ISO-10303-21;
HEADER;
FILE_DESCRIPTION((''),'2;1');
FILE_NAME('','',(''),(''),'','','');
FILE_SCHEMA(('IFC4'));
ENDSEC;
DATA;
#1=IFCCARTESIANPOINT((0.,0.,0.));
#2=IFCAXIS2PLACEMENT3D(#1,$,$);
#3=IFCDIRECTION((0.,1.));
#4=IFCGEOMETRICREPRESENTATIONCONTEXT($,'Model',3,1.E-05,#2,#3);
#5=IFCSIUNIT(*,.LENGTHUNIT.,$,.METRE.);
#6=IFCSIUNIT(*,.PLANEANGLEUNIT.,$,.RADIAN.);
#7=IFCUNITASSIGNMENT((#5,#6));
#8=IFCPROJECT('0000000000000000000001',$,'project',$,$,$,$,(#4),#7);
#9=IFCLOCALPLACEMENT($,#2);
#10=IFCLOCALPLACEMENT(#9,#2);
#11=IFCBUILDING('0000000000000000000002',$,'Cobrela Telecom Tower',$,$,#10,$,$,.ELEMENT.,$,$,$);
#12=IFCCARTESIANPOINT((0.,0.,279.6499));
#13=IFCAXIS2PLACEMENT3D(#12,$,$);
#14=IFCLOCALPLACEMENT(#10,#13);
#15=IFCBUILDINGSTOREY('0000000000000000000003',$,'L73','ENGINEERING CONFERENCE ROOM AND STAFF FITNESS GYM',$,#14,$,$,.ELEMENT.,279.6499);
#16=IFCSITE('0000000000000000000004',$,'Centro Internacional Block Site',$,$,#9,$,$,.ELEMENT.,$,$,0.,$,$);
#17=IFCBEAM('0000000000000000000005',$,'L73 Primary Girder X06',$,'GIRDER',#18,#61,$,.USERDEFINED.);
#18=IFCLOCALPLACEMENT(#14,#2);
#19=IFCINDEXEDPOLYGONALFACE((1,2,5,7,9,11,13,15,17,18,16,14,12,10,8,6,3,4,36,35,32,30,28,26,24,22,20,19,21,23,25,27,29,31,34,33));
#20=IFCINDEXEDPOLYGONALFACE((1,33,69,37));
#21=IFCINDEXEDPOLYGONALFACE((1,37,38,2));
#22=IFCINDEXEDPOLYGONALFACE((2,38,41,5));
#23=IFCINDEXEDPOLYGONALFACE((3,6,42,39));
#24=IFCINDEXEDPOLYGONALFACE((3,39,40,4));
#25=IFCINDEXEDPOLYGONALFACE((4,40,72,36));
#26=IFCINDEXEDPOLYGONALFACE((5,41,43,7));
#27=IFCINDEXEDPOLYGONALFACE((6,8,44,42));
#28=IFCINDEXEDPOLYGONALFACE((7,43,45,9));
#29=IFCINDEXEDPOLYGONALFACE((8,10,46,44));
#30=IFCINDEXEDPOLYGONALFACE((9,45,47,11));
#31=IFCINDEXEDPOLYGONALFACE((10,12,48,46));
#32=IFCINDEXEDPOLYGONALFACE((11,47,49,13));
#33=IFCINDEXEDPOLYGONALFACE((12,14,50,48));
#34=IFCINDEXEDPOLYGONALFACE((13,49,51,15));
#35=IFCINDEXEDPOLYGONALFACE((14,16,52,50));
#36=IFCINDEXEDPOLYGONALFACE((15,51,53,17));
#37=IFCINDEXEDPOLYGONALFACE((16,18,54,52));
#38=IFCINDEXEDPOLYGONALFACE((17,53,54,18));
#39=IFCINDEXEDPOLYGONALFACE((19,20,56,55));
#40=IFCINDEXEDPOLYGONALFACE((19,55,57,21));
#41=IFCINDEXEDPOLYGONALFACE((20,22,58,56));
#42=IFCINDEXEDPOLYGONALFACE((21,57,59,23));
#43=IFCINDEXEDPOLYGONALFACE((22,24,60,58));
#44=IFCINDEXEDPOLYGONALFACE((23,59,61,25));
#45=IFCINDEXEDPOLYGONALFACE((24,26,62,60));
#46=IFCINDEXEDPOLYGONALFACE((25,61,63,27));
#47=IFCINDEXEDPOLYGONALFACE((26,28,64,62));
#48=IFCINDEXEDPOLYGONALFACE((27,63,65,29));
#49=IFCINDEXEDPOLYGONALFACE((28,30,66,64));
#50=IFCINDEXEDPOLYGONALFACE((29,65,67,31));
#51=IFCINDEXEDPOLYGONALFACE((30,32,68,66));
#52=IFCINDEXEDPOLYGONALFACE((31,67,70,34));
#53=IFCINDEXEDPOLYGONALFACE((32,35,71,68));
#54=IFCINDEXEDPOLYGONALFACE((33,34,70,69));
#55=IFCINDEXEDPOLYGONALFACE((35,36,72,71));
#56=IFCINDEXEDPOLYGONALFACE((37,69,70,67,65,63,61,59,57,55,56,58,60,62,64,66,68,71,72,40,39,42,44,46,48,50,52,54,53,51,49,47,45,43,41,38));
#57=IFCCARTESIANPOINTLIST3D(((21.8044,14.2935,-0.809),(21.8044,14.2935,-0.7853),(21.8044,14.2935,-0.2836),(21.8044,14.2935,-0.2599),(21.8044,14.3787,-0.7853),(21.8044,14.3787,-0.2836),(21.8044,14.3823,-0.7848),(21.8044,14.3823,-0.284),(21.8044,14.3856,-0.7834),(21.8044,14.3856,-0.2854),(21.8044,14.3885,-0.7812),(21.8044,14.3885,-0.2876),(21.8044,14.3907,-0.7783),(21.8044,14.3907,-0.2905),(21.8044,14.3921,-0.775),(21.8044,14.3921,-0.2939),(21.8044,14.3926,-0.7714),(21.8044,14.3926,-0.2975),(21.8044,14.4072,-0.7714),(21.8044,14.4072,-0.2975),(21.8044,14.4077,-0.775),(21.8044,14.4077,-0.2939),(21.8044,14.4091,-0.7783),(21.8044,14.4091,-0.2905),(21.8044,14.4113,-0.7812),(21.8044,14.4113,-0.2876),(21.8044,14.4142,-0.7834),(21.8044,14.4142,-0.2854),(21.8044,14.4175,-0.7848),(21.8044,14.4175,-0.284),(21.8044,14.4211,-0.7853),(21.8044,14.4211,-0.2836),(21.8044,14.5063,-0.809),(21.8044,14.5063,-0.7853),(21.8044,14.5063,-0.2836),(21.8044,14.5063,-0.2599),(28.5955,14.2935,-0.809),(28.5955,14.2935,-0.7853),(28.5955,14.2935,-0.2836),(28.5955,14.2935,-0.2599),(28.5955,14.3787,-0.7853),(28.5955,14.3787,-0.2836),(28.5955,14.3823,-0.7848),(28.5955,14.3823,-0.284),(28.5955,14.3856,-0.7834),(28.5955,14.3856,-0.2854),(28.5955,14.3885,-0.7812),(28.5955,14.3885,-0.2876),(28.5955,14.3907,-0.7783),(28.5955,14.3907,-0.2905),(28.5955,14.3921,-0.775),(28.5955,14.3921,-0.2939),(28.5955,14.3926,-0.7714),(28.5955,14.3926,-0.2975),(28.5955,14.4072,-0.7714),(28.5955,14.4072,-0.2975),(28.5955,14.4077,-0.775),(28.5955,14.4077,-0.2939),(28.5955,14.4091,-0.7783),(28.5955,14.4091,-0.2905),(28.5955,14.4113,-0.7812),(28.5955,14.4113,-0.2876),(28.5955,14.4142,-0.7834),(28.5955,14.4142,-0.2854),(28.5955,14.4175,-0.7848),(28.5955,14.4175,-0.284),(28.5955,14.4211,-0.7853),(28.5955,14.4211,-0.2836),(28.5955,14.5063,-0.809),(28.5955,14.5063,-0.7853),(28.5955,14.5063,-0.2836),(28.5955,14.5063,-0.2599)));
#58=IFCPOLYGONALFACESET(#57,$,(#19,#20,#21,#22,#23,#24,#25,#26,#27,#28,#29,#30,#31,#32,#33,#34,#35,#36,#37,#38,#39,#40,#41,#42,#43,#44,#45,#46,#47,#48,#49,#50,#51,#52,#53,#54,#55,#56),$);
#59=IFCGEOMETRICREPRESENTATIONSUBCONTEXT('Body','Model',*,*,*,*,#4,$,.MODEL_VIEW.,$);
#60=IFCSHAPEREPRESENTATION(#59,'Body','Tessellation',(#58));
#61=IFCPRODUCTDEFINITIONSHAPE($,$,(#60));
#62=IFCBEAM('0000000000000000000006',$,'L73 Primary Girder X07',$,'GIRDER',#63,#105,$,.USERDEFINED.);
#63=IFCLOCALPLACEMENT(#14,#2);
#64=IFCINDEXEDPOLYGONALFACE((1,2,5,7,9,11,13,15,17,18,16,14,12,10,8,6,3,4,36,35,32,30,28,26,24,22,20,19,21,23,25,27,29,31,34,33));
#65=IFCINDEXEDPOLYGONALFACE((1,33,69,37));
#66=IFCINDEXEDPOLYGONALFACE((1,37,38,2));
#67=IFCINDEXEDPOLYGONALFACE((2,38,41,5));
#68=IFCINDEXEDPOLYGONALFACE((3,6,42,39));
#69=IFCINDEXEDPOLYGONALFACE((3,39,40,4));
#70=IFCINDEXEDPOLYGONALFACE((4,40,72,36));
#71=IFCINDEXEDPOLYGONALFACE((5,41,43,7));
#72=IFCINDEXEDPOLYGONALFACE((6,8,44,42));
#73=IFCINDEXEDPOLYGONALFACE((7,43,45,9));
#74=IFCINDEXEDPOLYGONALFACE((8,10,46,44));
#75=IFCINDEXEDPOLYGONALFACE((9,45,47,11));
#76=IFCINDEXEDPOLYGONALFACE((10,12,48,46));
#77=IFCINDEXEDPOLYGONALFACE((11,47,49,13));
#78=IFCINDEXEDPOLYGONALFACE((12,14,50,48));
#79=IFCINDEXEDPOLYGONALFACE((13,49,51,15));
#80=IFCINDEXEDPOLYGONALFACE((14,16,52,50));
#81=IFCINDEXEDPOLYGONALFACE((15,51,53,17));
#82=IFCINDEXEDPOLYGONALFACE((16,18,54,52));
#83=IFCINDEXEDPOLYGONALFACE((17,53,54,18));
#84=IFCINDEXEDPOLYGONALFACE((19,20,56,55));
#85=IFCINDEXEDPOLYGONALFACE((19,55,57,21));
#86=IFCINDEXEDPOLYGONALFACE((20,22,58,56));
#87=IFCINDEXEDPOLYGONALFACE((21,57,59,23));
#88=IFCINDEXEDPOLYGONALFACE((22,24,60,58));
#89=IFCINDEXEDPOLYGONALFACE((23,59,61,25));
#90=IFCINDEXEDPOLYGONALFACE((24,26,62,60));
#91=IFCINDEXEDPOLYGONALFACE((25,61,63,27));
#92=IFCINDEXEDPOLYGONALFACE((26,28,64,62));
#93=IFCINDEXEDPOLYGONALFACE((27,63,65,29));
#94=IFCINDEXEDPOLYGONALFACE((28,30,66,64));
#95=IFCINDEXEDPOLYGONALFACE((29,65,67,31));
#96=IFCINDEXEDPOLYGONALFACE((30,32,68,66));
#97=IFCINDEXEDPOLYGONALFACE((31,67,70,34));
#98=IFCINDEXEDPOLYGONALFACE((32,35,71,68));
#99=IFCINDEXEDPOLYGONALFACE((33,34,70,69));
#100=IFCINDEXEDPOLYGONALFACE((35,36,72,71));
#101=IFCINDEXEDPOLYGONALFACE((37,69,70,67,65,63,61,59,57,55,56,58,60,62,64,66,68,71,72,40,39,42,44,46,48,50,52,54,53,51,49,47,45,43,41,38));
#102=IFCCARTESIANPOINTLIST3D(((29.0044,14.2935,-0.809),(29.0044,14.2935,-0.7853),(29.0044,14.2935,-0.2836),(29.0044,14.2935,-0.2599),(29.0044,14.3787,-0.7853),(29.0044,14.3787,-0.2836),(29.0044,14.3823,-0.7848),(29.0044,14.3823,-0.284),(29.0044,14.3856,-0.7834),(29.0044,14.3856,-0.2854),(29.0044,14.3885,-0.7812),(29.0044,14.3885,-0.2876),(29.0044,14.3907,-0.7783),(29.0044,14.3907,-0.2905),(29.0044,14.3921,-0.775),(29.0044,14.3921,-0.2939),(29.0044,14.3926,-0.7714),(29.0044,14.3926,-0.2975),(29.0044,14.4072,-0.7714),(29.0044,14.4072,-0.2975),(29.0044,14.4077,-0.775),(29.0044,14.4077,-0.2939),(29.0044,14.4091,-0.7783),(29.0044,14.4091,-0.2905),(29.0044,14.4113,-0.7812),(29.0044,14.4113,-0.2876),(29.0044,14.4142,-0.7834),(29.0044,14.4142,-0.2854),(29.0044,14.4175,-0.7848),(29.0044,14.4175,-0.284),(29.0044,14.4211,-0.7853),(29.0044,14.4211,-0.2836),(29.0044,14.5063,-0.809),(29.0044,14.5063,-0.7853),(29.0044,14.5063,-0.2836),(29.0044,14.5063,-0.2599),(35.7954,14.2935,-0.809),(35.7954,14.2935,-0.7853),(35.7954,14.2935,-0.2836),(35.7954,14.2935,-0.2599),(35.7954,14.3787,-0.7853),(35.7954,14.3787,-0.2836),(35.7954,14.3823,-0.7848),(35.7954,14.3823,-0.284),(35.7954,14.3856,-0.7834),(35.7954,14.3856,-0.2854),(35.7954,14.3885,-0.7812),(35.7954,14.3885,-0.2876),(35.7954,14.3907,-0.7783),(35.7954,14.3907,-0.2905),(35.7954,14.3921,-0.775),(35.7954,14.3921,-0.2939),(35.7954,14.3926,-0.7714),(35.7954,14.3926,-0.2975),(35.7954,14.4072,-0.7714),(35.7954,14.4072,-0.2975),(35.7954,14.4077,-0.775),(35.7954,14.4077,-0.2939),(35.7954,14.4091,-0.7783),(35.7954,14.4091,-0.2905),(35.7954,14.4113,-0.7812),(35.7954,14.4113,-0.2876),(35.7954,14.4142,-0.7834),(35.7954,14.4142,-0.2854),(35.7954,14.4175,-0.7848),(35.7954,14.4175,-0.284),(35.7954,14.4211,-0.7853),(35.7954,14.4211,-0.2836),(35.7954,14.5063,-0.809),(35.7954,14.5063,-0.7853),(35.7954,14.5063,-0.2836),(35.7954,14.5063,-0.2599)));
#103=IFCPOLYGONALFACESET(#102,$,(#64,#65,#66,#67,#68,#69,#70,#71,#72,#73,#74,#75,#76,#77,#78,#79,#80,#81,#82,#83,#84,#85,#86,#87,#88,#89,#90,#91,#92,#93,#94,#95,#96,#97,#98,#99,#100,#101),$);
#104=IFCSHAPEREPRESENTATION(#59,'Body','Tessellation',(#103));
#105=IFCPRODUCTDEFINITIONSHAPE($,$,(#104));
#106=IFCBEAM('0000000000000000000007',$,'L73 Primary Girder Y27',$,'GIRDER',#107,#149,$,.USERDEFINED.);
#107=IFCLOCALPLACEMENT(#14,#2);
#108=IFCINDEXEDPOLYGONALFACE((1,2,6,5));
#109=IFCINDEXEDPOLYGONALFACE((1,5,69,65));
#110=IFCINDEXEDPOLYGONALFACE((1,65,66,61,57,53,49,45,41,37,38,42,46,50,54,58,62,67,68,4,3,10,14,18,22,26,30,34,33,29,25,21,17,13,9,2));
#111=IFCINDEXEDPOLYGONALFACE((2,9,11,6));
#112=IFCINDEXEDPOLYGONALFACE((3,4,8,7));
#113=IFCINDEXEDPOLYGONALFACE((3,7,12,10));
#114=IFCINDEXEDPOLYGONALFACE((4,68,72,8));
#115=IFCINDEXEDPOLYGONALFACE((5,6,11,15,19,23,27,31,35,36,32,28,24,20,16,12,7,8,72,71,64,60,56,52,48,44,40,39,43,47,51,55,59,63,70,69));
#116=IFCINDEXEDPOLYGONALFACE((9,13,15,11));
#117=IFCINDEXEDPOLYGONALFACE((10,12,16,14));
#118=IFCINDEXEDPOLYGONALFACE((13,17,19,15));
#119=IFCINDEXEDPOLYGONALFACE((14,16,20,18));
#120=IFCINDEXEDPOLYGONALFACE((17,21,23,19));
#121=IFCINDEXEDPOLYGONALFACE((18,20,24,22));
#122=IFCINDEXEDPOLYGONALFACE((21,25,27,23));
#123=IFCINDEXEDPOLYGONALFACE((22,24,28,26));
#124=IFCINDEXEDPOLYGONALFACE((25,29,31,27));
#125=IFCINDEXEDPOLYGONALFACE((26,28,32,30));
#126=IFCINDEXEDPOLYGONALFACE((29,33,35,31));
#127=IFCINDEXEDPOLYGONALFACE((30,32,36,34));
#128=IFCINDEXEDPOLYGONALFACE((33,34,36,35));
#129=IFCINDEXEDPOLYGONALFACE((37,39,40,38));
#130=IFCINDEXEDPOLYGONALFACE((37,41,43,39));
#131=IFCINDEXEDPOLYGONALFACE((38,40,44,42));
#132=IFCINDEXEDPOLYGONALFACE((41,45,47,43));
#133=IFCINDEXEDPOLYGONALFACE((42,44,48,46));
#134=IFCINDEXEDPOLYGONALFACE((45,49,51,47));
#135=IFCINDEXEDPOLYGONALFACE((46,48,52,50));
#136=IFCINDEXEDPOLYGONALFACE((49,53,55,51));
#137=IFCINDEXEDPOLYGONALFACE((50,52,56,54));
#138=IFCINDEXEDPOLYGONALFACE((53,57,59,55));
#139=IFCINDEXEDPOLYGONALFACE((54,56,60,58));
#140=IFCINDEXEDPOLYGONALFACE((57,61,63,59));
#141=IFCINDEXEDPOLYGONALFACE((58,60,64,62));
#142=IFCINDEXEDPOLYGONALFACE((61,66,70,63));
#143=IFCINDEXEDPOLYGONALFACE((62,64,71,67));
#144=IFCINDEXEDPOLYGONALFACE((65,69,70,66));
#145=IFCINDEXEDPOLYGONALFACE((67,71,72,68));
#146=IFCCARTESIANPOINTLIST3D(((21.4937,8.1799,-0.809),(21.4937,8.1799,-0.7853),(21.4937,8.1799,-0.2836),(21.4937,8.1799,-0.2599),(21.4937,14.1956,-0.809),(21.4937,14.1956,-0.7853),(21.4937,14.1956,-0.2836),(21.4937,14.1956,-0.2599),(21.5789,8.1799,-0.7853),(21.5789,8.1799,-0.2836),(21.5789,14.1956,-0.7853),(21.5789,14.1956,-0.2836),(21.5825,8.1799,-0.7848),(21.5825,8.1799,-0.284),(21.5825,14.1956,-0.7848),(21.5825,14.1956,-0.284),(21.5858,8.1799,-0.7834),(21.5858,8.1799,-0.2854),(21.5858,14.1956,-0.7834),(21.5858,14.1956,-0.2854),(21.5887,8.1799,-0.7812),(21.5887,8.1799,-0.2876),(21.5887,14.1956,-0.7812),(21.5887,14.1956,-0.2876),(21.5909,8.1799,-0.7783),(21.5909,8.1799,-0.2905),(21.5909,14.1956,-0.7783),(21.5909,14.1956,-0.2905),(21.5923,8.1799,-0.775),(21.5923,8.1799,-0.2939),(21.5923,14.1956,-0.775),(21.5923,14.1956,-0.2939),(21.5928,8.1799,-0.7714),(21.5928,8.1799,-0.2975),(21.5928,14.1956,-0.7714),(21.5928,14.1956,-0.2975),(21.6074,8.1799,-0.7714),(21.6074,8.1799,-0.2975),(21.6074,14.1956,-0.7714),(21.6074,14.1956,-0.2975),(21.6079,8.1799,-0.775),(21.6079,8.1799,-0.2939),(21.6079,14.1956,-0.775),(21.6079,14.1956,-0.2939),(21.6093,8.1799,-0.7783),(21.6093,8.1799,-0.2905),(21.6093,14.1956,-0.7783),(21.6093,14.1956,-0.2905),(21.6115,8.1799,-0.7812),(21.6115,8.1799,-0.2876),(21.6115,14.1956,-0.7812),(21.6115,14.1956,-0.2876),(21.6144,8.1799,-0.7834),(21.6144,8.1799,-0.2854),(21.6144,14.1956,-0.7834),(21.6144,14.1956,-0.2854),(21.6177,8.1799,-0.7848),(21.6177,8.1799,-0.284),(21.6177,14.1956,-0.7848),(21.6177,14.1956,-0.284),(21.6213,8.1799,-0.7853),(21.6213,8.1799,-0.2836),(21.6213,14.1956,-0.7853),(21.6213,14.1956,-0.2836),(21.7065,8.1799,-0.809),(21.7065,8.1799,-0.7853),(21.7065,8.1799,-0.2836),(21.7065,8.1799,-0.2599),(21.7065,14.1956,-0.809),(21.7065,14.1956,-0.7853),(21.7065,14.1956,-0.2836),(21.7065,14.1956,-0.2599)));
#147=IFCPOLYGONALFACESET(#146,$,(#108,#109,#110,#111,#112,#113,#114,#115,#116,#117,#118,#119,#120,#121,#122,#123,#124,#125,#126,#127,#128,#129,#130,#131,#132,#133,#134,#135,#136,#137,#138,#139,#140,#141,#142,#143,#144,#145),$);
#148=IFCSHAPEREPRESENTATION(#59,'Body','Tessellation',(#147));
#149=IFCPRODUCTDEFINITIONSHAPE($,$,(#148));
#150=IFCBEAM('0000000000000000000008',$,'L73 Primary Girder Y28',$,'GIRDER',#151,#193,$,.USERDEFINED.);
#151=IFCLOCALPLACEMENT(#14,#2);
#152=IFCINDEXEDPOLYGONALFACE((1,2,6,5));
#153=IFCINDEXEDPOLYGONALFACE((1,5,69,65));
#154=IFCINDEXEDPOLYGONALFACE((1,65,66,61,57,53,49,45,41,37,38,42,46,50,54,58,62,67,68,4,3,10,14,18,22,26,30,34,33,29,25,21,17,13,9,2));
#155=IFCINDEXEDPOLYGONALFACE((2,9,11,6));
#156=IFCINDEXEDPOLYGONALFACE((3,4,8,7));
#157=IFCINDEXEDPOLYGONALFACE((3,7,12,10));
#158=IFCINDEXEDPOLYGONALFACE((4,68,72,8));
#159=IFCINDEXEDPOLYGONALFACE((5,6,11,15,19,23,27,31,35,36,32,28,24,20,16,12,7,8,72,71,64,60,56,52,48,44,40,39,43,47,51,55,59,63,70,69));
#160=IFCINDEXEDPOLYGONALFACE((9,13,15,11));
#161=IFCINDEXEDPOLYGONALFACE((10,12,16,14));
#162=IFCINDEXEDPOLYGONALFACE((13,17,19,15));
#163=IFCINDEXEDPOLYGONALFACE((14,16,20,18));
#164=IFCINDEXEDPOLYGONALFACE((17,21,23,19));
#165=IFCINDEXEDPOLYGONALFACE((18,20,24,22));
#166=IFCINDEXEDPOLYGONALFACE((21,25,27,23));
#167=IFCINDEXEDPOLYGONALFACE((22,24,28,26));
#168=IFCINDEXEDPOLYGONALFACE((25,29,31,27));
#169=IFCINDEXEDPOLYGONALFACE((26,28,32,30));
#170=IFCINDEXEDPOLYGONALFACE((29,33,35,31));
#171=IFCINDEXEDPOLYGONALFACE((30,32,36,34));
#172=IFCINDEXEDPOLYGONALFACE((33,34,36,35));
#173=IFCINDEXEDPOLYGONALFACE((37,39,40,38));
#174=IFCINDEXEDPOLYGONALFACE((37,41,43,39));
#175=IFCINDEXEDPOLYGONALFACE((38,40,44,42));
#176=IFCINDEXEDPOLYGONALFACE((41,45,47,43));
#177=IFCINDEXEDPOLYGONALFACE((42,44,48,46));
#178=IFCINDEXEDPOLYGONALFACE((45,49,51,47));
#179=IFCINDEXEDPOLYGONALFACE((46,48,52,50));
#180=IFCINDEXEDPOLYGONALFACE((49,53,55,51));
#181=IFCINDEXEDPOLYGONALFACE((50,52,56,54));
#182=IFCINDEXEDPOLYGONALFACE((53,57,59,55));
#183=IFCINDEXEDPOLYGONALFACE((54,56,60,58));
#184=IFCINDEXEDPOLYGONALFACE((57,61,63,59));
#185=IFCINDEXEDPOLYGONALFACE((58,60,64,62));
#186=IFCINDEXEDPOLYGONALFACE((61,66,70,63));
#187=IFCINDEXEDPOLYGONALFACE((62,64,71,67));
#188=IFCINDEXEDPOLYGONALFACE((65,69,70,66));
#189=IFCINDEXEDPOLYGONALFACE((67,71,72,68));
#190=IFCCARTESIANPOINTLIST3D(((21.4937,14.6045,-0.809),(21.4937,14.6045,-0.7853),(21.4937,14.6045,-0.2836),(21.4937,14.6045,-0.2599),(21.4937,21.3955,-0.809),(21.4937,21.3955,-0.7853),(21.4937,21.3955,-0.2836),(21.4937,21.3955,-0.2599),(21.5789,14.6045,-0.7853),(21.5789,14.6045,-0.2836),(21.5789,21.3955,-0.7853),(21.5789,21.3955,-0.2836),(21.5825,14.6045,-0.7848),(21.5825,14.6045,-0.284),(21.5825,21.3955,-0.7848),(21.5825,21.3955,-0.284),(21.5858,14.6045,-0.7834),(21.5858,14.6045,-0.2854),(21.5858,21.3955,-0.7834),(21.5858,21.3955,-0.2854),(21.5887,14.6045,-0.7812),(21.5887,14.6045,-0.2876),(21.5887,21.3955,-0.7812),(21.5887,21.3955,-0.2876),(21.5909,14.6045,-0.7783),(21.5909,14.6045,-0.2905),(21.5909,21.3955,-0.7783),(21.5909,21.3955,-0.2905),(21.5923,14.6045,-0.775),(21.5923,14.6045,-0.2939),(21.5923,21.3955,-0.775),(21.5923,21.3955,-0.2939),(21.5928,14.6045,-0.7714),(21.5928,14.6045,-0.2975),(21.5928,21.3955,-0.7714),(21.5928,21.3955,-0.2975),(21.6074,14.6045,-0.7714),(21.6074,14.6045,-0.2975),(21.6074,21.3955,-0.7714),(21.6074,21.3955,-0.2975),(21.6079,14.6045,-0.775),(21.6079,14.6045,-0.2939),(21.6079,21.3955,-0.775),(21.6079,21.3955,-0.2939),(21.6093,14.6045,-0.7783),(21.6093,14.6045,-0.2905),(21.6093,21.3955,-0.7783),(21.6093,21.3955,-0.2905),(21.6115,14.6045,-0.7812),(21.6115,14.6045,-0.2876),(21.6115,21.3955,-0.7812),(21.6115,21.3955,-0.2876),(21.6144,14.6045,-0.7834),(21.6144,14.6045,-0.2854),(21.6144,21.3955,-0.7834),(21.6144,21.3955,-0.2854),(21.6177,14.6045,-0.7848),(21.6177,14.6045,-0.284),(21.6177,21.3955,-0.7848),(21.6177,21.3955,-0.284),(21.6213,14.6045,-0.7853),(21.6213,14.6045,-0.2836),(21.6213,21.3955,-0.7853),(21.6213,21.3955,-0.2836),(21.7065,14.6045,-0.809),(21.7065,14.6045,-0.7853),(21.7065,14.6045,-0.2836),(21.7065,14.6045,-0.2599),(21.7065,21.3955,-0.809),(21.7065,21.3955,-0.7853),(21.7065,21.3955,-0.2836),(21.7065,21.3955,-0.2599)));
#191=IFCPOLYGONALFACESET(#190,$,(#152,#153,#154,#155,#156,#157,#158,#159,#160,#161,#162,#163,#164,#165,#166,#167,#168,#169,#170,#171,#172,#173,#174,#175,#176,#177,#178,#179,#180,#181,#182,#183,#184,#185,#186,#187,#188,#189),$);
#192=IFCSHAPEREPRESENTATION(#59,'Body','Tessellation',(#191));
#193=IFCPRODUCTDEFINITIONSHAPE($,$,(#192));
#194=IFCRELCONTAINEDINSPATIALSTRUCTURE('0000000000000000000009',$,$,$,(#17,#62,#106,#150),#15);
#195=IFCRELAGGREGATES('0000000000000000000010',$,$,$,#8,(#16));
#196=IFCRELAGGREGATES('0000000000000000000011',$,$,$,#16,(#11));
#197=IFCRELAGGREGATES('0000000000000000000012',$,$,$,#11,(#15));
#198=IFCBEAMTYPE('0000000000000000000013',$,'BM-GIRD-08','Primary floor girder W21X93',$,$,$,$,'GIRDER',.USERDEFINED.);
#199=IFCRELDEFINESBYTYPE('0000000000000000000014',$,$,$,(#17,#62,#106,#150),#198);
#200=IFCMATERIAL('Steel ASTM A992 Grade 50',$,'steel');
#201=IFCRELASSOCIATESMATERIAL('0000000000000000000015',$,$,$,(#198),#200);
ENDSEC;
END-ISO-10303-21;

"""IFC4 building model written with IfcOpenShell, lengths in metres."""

from ifc_helpers import new_model, si_unit, direction, frame, origin, origin_2d, place, context, subcontext, project, spatial, i_section, extrude, material, material_profile, profile_set, type_object, element, save


model = new_model("IFC4")

# Units and contexts
model_context = context("Model", 3, precision=1e-05, world=origin(), true_north=direction((0.0, 1.0)))
body_context = subcontext(model_context, "Body", "Model", "MODEL_VIEW")
ifc_project = project(units=[si_unit("LENGTHUNIT", "METRE"), si_unit("PLANEANGLEUNIT", "RADIAN")], contexts=[model_context])

# Site, building, storey
site_placement = place(None, origin())
site = spatial("IfcSite", under=ifc_project, at=site_placement, Name="Centro Internacional Block Site", CompositionType="ELEMENT", RefElevation=0.0)
building_placement = place(site_placement, origin())
building = spatial("IfcBuilding", under=site, at=building_placement, Name="Cobrela Telecom Tower", CompositionType="ELEMENT")
storey_placement = place(building_placement, frame((0.0, 0.0, 279.6499)))
storey = spatial("IfcBuildingStorey", under=building, at=storey_placement, Name="L73", Description="ENGINEERING CONFERENCE ROOM AND STAFF FITNESS GYM", CompositionType="ELEMENT", Elevation=279.6499)

# Shared definitions
ifc_material_1 = material(Name="Steel ASTM A992 Grade 50", Category="steel")

# Beams
ifc_material_profile_1 = material_profile(ifc_material_1, i_section(OverallWidth=0.2129, OverallDepth=0.5491, WebThickness=0.0146, FlangeThickness=0.0237, FilletRadius=0.0139, at=origin_2d()), Name="W21X93")
ifc_profile_set_1 = profile_set([ifc_material_profile_1], Name="Steel ASTM A992 Grade 50")
beam_type_1 = type_object("IfcBeamType", Name="BM-GIRD-08", Description="Primary floor girder W21X93", ElementType="GIRDER", PredefinedType="USERDEFINED", material=ifc_profile_set_1)
for number, where, z_axis, x_axis, name in (
    (1, (21.8044, 14.3999, -0.5344), (1.0, 0.0, 0.0), (0.0, 1.0, 0.0), "L73 Primary Girder X06"),
    (2, (29.0044, 14.3999, -0.5344), (1.0, 0.0, 0.0), (0.0, 1.0, 0.0), "L73 Primary Girder X07"),
):
    element("IfcBeam", number, at=place(storey_placement, frame(where, z_axis=z_axis, x_axis=x_axis)), inside=storey, type_object=beam_type_1, Name=name, ObjectType="GIRDER", PredefinedType="USERDEFINED", context=body_context, shape_type="SweptSolid", body=[
        extrude(i_section(OverallWidth=0.2129, OverallDepth=0.5491, WebThickness=0.0146, FlangeThickness=0.0237, FilletRadius=0.0139, at=origin_2d()), origin(), (0.0, 0.0, 1.0), 6.791),
    ])
beam_1_placement = place(storey_placement, frame((21.6001, 8.1799, -0.5344), z_axis=(0.0, 1.0, 0.0), x_axis=(-1.0, 0.0, 0.0)))
element("IfcBeam", 3, at=beam_1_placement, inside=storey, type_object=beam_type_1, Name="L73 Primary Girder Y27", ObjectType="GIRDER", PredefinedType="USERDEFINED", context=body_context, shape_type="SweptSolid", body=[
    extrude(i_section(OverallWidth=0.2129, OverallDepth=0.5491, WebThickness=0.0146, FlangeThickness=0.0237, FilletRadius=0.0139, at=origin_2d()), origin(), (0.0, 0.0, 1.0), 6.0156),
])
beam_2_placement = place(storey_placement, frame((21.6001, 14.6045, -0.5344), z_axis=(0.0, 1.0, 0.0), x_axis=(-1.0, 0.0, 0.0)))
element("IfcBeam", 4, at=beam_2_placement, inside=storey, type_object=beam_type_1, Name="L73 Primary Girder Y28", ObjectType="GIRDER", PredefinedType="USERDEFINED", context=body_context, shape_type="SweptSolid", body=[
    extrude(i_section(OverallWidth=0.2129, OverallDepth=0.5491, WebThickness=0.0146, FlangeThickness=0.0237, FilletRadius=0.0139, at=origin_2d()), origin(), (0.0, 0.0, 1.0), 6.791),
])

save(model, "model.ifc")
